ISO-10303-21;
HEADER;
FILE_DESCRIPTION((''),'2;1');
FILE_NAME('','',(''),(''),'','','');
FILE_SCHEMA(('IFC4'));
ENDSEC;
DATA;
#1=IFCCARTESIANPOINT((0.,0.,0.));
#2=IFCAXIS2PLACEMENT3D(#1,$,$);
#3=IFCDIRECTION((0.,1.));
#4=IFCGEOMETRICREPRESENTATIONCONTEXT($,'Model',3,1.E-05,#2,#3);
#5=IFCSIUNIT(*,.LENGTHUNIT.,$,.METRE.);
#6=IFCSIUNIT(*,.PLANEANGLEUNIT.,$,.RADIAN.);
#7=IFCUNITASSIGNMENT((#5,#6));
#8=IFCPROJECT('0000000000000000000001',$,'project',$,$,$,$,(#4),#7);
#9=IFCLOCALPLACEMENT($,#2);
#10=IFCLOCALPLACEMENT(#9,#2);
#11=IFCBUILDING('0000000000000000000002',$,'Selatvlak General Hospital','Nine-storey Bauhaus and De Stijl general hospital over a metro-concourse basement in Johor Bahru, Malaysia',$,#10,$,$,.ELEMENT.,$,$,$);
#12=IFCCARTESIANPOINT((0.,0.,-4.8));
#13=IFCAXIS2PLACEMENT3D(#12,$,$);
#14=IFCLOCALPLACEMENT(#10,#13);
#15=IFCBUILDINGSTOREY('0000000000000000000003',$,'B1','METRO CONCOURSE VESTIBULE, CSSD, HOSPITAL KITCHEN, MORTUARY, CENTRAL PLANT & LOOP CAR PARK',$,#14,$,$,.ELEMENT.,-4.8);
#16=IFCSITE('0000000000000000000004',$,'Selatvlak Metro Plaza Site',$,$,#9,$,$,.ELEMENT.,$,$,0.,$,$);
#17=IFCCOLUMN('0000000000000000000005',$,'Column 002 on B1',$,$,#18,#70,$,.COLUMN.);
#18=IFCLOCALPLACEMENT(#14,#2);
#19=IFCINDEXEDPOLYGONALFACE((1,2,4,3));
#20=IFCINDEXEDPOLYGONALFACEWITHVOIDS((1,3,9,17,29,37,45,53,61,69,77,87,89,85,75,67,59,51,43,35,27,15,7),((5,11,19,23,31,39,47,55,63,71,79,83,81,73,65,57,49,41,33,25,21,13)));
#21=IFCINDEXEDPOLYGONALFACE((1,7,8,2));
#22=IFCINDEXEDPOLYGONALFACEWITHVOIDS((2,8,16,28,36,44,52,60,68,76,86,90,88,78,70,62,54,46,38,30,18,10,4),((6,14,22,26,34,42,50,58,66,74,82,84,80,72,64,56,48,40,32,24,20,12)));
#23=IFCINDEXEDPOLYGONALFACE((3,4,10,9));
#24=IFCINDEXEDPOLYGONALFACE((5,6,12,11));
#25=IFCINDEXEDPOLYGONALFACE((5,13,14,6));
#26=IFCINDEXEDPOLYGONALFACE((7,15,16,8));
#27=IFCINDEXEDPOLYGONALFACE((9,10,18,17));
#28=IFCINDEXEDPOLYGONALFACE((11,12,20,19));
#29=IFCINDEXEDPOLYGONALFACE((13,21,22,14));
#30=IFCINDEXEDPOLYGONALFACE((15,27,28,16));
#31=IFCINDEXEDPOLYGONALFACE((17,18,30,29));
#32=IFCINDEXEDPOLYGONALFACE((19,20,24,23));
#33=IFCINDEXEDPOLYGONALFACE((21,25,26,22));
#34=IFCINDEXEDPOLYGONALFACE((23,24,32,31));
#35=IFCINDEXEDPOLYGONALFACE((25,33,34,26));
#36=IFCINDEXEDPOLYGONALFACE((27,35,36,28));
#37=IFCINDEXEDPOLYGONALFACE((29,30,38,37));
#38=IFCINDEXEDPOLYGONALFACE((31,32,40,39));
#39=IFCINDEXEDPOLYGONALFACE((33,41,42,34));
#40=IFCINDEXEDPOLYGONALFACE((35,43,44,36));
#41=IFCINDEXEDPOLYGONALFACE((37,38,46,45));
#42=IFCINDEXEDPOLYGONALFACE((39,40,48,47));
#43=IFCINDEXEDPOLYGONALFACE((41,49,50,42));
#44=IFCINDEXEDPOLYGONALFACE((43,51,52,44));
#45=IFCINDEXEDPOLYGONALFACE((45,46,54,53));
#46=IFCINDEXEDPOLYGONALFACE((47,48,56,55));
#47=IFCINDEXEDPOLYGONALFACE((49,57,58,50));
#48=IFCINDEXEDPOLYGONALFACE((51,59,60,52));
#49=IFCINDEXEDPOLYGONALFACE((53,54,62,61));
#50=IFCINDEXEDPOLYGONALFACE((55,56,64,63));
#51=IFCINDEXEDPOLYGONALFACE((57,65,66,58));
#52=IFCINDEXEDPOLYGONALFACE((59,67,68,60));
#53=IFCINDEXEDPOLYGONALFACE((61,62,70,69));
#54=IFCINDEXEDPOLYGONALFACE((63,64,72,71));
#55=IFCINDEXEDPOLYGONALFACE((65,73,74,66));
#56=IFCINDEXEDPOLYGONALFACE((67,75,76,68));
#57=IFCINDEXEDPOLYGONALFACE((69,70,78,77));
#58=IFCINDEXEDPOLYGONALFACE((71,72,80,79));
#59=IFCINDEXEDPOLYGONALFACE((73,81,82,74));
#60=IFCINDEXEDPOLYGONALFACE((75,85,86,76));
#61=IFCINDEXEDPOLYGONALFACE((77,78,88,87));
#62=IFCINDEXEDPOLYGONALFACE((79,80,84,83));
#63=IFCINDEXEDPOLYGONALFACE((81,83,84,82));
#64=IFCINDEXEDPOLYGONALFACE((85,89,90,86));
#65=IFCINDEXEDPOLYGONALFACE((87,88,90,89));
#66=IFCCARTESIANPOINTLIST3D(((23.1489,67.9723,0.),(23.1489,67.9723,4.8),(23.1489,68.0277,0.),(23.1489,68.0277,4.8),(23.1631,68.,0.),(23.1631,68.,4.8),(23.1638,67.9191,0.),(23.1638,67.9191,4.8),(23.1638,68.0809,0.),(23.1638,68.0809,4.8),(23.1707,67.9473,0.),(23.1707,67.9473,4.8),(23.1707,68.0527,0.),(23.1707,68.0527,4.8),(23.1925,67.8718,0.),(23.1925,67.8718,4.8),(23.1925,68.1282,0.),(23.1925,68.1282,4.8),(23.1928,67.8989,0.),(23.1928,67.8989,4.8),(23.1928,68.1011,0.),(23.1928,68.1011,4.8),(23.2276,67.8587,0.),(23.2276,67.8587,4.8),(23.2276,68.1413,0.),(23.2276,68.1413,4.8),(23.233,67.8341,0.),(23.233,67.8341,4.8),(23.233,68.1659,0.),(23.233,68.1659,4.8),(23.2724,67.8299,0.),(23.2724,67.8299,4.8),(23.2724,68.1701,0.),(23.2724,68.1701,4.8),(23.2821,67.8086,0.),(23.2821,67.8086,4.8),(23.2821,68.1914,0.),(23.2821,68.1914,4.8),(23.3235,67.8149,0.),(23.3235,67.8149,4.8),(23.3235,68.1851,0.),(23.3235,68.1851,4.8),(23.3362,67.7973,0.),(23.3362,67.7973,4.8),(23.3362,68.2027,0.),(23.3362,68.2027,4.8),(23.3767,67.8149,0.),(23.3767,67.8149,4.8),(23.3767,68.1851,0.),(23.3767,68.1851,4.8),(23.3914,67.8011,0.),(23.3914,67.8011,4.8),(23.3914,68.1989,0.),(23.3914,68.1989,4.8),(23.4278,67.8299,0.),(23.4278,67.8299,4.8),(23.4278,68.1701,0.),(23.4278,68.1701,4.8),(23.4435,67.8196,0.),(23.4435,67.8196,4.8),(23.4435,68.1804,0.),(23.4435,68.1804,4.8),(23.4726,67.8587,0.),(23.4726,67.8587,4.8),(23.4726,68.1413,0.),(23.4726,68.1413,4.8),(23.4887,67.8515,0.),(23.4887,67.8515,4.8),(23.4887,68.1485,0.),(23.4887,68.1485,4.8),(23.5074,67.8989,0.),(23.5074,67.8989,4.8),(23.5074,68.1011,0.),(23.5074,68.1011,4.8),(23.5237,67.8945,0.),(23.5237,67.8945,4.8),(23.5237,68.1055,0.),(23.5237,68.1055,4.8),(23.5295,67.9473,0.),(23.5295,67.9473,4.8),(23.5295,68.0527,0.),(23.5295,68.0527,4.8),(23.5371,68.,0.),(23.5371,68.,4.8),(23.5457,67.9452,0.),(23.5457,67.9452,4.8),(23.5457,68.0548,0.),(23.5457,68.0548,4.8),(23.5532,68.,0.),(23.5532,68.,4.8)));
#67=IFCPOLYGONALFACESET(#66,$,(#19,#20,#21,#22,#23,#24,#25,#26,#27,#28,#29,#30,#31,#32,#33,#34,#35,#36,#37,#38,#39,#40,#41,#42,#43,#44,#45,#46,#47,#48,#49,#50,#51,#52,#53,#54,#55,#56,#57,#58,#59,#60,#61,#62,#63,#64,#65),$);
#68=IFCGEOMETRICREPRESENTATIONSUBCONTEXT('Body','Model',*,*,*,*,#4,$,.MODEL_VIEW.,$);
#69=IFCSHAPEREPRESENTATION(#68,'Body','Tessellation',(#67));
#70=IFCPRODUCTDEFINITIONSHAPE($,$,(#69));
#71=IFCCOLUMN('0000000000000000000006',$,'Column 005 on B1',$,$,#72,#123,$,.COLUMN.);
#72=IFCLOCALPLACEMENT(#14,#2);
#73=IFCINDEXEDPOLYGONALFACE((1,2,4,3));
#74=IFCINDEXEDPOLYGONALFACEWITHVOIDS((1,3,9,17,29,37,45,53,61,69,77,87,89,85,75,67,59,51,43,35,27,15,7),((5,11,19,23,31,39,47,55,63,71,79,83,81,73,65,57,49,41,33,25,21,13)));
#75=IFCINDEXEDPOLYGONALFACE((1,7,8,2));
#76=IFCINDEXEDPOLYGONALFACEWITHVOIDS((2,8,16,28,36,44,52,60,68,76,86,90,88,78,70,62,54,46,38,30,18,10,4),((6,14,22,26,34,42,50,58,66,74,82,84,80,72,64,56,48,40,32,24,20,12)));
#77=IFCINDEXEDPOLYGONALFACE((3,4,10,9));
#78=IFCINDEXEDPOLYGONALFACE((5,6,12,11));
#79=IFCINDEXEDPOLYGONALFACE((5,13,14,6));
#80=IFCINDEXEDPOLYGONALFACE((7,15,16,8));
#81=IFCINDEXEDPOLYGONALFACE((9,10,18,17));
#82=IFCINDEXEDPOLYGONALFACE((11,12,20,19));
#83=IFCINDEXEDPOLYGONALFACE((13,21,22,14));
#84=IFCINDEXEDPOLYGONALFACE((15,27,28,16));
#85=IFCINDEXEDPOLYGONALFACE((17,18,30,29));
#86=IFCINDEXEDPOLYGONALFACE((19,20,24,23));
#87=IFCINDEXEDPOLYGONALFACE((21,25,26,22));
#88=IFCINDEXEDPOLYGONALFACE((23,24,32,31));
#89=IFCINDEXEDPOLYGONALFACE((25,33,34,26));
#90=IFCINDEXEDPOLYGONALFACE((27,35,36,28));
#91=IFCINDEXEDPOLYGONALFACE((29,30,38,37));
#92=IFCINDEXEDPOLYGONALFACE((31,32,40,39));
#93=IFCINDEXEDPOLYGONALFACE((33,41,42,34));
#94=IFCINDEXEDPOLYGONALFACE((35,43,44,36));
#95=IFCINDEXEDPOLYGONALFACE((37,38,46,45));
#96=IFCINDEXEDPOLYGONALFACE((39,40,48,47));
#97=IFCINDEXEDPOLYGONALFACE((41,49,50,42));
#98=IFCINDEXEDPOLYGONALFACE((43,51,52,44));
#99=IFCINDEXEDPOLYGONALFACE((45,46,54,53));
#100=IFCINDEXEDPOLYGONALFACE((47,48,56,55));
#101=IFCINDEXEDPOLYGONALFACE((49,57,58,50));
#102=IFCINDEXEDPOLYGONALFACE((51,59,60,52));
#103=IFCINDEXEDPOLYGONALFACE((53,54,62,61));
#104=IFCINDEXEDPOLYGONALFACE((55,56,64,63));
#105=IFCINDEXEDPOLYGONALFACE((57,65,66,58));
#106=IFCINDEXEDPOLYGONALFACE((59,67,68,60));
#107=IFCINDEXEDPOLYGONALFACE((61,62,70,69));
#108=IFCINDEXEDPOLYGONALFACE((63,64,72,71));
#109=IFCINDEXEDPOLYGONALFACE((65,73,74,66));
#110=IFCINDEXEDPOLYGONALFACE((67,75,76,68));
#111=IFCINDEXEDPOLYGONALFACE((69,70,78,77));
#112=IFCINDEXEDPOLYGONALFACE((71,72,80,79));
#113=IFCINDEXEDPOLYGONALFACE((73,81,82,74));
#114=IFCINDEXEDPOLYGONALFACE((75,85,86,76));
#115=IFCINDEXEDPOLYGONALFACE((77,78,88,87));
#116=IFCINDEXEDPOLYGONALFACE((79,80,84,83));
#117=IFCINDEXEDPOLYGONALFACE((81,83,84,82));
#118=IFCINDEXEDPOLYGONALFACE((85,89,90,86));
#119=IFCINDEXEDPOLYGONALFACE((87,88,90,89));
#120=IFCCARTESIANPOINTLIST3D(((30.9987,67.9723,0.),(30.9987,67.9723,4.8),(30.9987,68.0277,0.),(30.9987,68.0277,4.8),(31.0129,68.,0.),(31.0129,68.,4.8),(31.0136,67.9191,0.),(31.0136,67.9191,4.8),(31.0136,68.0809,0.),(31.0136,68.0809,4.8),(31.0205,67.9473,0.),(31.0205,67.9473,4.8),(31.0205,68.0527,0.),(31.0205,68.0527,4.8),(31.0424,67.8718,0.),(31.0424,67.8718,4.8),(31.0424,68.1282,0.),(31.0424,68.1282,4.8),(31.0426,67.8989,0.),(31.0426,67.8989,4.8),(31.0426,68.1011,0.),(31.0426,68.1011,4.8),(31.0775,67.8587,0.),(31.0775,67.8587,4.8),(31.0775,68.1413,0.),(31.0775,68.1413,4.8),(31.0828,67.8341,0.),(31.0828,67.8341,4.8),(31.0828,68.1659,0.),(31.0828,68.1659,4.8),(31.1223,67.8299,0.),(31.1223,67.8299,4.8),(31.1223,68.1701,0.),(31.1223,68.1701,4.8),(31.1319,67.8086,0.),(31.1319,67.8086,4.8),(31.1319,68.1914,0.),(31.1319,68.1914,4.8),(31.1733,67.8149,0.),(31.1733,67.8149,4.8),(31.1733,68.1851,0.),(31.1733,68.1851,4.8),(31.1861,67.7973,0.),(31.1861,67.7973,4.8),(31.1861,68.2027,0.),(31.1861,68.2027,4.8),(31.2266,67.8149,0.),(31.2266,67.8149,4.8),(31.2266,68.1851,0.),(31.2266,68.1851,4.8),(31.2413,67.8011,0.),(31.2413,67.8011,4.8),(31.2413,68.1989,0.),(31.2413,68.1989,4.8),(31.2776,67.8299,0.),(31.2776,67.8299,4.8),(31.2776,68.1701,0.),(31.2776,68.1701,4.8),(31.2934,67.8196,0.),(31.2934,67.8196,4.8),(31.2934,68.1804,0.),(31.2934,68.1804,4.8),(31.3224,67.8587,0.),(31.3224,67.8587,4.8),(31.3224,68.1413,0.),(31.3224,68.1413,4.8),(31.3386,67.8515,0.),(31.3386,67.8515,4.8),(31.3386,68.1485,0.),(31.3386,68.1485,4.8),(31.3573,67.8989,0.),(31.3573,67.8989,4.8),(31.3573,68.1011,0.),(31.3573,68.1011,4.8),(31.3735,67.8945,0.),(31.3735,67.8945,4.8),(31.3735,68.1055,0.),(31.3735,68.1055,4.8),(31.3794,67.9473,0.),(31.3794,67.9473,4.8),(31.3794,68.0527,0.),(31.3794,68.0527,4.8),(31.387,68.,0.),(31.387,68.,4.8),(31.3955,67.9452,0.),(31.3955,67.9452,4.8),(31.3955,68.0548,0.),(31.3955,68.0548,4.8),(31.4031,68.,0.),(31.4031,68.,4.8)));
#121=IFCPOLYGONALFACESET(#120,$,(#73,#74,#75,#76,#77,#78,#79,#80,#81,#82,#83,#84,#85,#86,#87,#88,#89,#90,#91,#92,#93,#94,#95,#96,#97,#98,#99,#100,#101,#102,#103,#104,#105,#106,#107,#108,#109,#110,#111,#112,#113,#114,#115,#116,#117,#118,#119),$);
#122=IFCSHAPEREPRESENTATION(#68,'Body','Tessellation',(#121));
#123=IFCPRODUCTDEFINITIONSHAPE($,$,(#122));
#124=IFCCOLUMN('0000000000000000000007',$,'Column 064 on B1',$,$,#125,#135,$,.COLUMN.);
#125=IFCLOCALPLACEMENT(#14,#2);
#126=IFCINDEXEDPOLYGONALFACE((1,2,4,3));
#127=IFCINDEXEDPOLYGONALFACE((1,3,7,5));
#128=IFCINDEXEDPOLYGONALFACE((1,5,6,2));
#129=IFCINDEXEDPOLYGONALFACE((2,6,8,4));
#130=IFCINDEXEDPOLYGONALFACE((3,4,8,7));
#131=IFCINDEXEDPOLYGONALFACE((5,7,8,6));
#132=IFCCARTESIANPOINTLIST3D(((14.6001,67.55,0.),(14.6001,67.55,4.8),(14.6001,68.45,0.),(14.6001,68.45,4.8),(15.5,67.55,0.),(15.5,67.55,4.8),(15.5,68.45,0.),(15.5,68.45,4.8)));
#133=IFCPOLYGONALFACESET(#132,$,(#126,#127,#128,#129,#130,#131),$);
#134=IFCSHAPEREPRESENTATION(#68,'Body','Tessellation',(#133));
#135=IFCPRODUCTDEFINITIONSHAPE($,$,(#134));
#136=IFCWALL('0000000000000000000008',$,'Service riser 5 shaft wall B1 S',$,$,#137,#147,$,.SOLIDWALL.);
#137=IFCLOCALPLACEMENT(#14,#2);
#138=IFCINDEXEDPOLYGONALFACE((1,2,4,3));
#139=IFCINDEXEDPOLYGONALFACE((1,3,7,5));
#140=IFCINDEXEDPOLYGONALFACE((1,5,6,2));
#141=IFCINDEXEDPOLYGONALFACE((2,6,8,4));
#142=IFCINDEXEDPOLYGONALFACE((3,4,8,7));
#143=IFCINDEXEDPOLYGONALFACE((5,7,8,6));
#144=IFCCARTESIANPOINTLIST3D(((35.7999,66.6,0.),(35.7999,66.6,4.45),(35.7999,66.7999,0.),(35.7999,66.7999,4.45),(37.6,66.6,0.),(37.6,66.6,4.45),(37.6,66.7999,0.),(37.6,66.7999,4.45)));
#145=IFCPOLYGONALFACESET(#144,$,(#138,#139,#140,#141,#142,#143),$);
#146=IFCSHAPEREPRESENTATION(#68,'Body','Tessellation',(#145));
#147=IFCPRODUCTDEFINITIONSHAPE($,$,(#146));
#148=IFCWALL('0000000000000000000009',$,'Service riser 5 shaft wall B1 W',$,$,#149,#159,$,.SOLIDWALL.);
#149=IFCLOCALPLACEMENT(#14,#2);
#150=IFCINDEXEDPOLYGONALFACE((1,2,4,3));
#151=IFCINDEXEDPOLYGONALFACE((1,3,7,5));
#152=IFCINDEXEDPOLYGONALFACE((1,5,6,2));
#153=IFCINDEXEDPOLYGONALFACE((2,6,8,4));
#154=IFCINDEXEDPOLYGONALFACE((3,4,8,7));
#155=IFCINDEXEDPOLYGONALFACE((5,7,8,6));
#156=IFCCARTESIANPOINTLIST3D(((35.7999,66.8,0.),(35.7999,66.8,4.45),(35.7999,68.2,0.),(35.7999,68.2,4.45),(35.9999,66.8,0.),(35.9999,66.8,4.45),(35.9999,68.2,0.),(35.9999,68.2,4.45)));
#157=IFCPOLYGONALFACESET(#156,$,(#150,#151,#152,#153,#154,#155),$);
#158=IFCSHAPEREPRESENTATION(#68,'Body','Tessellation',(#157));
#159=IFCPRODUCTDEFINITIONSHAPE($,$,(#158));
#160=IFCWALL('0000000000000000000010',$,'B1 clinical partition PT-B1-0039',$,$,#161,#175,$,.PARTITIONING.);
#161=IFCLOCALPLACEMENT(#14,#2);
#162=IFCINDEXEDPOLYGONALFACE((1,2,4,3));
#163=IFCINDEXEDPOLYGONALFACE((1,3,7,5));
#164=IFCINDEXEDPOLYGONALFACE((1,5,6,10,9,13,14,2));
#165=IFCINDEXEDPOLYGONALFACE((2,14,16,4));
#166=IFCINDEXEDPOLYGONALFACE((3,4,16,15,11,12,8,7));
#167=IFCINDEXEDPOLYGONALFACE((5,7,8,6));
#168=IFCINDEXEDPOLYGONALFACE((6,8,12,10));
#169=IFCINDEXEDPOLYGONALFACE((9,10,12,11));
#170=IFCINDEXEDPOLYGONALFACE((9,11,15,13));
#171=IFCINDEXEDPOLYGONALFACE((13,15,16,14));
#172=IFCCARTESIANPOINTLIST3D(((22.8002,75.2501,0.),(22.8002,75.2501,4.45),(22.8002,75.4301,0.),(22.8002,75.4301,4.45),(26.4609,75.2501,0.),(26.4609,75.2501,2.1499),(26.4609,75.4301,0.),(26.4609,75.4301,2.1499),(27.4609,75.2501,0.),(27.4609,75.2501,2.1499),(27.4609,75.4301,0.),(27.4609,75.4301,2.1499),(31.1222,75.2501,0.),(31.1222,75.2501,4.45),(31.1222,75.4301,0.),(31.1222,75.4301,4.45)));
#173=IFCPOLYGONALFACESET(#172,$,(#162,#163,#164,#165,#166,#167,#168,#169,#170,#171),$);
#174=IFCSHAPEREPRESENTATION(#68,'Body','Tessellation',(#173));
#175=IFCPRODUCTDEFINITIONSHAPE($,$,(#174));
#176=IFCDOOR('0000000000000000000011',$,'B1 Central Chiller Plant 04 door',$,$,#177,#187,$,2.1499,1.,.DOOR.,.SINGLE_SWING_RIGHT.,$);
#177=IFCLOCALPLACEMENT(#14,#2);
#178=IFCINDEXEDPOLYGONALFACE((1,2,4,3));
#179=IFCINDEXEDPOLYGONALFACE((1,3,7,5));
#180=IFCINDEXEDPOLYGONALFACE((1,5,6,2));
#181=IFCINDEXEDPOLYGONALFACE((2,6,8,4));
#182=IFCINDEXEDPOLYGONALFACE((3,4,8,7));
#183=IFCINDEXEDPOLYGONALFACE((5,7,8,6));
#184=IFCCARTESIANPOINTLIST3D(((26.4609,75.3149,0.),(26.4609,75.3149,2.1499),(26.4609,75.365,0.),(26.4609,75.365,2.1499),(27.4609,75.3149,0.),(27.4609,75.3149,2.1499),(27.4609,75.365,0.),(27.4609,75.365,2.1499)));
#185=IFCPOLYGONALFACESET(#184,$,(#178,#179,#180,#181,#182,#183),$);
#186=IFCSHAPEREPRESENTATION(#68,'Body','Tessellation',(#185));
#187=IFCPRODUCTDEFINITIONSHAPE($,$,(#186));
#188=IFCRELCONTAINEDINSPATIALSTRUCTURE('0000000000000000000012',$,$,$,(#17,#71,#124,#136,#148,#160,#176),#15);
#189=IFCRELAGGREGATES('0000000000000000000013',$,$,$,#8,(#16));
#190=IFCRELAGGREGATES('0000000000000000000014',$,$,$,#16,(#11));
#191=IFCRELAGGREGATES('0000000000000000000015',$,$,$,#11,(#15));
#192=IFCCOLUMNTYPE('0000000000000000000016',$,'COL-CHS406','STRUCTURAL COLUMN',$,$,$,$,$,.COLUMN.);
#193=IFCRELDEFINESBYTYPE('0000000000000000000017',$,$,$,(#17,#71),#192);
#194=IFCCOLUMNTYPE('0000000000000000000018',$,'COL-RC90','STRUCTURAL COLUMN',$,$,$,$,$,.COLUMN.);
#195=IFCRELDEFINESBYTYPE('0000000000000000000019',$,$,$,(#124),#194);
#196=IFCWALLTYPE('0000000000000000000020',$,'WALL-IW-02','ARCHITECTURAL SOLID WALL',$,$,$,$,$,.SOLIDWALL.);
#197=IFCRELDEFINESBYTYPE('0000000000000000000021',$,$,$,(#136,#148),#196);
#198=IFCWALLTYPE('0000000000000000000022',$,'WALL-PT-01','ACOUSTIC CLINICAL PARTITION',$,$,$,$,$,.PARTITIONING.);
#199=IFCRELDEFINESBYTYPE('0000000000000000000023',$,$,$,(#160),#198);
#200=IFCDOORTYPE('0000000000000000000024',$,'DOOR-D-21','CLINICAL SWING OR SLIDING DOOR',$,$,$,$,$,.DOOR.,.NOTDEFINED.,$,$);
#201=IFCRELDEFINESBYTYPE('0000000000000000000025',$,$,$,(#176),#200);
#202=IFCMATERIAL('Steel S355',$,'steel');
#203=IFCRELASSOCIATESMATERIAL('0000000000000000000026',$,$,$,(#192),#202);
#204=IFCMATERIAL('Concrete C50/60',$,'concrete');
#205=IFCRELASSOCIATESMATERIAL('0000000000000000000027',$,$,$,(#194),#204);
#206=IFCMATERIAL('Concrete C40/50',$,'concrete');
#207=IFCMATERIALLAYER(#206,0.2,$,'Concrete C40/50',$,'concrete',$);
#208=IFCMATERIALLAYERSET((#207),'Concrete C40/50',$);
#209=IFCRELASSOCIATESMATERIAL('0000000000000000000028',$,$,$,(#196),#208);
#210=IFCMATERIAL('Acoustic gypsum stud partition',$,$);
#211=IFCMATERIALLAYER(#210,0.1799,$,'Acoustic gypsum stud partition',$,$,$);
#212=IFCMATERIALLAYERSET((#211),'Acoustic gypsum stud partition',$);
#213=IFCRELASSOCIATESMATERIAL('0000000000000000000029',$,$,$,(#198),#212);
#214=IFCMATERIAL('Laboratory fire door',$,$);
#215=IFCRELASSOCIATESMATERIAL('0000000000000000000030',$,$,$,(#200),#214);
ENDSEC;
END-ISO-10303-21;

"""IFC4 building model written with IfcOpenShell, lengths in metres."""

from ifc_helpers import new_model, si_unit, direction, frame, frame_2d, origin, origin_2d, place, context, subcontext, project, spatial, rectangle, hollow_circle, extrude, material, layer, layer_set, material_profile, profile_set, type_object, element, fill, save


model = new_model("IFC4")

# Units and contexts
model_context = context("Model", 3, precision=1e-05, world=origin(), true_north=direction((0.0, 1.0)))
body_context = subcontext(model_context, "Body", "Model", "MODEL_VIEW")
ifc_project = project(units=[si_unit("LENGTHUNIT", "METRE"), si_unit("PLANEANGLEUNIT", "RADIAN")], contexts=[model_context])

# Site, building, storey
site_placement = place(None, origin())
site = spatial("IfcSite", under=ifc_project, at=site_placement, Name="Selatvlak Metro Plaza Site", CompositionType="ELEMENT", RefElevation=0.0)
building_placement = place(site_placement, origin())
building = spatial("IfcBuilding", under=site, at=building_placement, Name="Selatvlak General Hospital", Description="Nine-storey Bauhaus and De Stijl general hospital over a metro-concourse basement in Johor Bahru, Malaysia", CompositionType="ELEMENT")
storey_placement = place(building_placement, frame((0.0, 0.0, -4.8)))
storey = spatial("IfcBuildingStorey", under=building, at=storey_placement, Name="B1", Description="METRO CONCOURSE VESTIBULE, CSSD, HOSPITAL KITCHEN, MORTUARY, CENTRAL PLANT & LOOP CAR PARK", CompositionType="ELEMENT", Elevation=-4.8)

# Shared definitions
ifc_material_1 = material(Name="Concrete C40/50", Category="concrete")

# Columns
ifc_material_2 = material(Name="Steel S355", Category="steel")
ifc_material_profile_1 = material_profile(ifc_material_2, hollow_circle(Radius=0.2031, WallThickness=0.0161, at=origin_2d()), Name="CHS 406.4x16")
ifc_profile_set_1 = profile_set([ifc_material_profile_1], Name="Steel S355")
column_type_1 = type_object("IfcColumnType", Name="COL-CHS406", Description="STRUCTURAL COLUMN", PredefinedType="COLUMN", material=ifc_profile_set_1)
for number, where, z_axis, x_axis, name in (
    (1, (23.3501, 68.0, 0.0), (0.0, 0.0, 1.0), (1.0, 0.0, 0.0), "Column 002 on B1"),
    (2, (31.2, 68.0, 0.0), (0.0, 0.0, 1.0), (1.0, 0.0, 0.0), "Column 005 on B1"),
):
    element("IfcColumn", number, at=place(storey_placement, frame(where, z_axis=z_axis, x_axis=x_axis)), inside=storey, type_object=column_type_1, Name=name, PredefinedType="COLUMN", context=body_context, shape_type="SweptSolid", body=[
        extrude(hollow_circle(Radius=0.2031, WallThickness=0.0161, at=origin_2d()), origin(), (0.0, 0.0, 1.0), 4.8),
    ])
ifc_material_3 = material(Name="Concrete C50/60", Category="concrete")
ifc_material_profile_2 = material_profile(ifc_material_3, rectangle(XDim=0.8999, YDim=0.8999, at=origin_2d()), Name="RC-COL 900x900")
ifc_profile_set_2 = profile_set([ifc_material_profile_2], Name="Concrete C50/60")
column_type_2 = type_object("IfcColumnType", Name="COL-RC90", Description="STRUCTURAL COLUMN", PredefinedType="COLUMN", material=ifc_profile_set_2)
column_placement = place(storey_placement, frame((15.05, 68.0, 0.0), z_axis=(0.0, 0.0, 1.0), x_axis=(1.0, 0.0, 0.0)))
element("IfcColumn", 3, at=column_placement, inside=storey, type_object=column_type_2, Name="Column 064 on B1", PredefinedType="COLUMN", context=body_context, shape_type="SweptSolid", body=[
    extrude(rectangle(XDim=0.8999, YDim=0.8999, at=origin_2d()), origin(), (0.0, 0.0, 1.0), 4.8),
])

# Walls
ifc_layer_1 = layer(ifc_material_1, 0.2, Name="Concrete C40/50", Category="concrete")
ifc_layer_set_1 = layer_set([ifc_layer_1], Name="Concrete C40/50")
wall_type_1 = type_object("IfcWallType", Name="WALL-IW-02", Description="ARCHITECTURAL SOLID WALL", PredefinedType="SOLIDWALL", material=ifc_layer_set_1)
wall_1_placement = place(storey_placement, frame((35.8, 66.7, 0.0), z_axis=(0.0, 0.0, 1.0), x_axis=(1.0, 0.0, 0.0)))
element("IfcWall", 4, at=wall_1_placement, inside=storey, type_object=wall_type_1, Name="Service riser 5 shaft wall B1 S", PredefinedType="SOLIDWALL", context=body_context, shape_type="SweptSolid", body=[
    extrude(rectangle(XDim=1.8, YDim=0.2, at=frame_2d((0.8999, 0.0))), origin(), (0.0, 0.0, 1.0), 4.45),
])
wall_2_placement = place(storey_placement, frame((35.8999, 68.2, 0.0), z_axis=(0.0, 0.0, 1.0), x_axis=(0.0, -1.0, 0.0)))
element("IfcWall", 5, at=wall_2_placement, inside=storey, type_object=wall_type_1, Name="Service riser 5 shaft wall B1 W", PredefinedType="SOLIDWALL", context=body_context, shape_type="SweptSolid", body=[
    extrude(rectangle(XDim=1.3999, YDim=0.2, at=frame_2d((0.7, 0.0))), origin(), (0.0, 0.0, 1.0), 4.45),
])

# Wall, opening, door
ifc_material_4 = material(Name="Acoustic gypsum stud partition")
ifc_layer_2 = layer(ifc_material_4, 0.1799, Name="Acoustic gypsum stud partition")
ifc_layer_set_2 = layer_set([ifc_layer_2], Name="Acoustic gypsum stud partition")
wall_type_2 = type_object("IfcWallType", Name="WALL-PT-01", Description="ACOUSTIC CLINICAL PARTITION", PredefinedType="PARTITIONING", material=ifc_layer_set_2)
wall_3_placement = place(storey_placement, frame((22.8, 75.3401, 0.0), z_axis=(0.0, 0.0, 1.0), x_axis=(1.0, 0.0, 0.0)))
wall_3 = element("IfcWall", 6, at=wall_3_placement, inside=storey, type_object=wall_type_2, Name="B1 clinical partition PT-B1-0039", PredefinedType="PARTITIONING", context=body_context, shape_type="SweptSolid", body=[
    extrude(rectangle(XDim=8.322, YDim=0.1799, at=frame_2d((4.1611, 0.0))), origin(), (0.0, 0.0, 1.0), 4.45),
])
opening_1_placement = place(wall_3_placement, frame((3.6609, 0.0, 0.0)))
opening_1 = element("IfcOpeningElement", 7, at=opening_1_placement, cuts=wall_3, PredefinedType="OPENING", context=body_context, shape_type="SweptSolid", body=[
    extrude(rectangle(XDim=1.0, YDim=2.1499, at=frame_2d((0.5, 1.075))), frame((0.0, 0.0999, 0.0), z_axis=(0.0, -1.0, 0.0), x_axis=(1.0, 0.0, 0.0)), (0.0, 0.0, 1.0), 0.2),
])
ifc_material_5 = material(Name="Laboratory fire door")
door_type_1 = type_object("IfcDoorType", Name="DOOR-D-21", Description="CLINICAL SWING OR SLIDING DOOR", OperationType="NOTDEFINED", PredefinedType="DOOR", material=ifc_material_5)
door_1_placement = place(opening_1_placement, origin())
door_1 = element("IfcDoor", 8, at=door_1_placement, inside=storey, type_object=door_type_1, Name="B1 Central Chiller Plant 04 door", OperationType="SINGLE_SWING_RIGHT", OverallHeight=2.1499, OverallWidth=1.0, PredefinedType="DOOR", context=body_context, shape_type="SweptSolid", body=[
    extrude(rectangle(XDim=1.0, YDim=2.1499, at=frame_2d((0.5, 1.075))), frame((0.0, 0.0249, 0.0), z_axis=(0.0, -1.0, 0.0), x_axis=(1.0, 0.0, 0.0)), (0.0, 0.0, 1.0), 0.05),
])
fill(opening_1, door_1)

save(model, "model.ifc")
